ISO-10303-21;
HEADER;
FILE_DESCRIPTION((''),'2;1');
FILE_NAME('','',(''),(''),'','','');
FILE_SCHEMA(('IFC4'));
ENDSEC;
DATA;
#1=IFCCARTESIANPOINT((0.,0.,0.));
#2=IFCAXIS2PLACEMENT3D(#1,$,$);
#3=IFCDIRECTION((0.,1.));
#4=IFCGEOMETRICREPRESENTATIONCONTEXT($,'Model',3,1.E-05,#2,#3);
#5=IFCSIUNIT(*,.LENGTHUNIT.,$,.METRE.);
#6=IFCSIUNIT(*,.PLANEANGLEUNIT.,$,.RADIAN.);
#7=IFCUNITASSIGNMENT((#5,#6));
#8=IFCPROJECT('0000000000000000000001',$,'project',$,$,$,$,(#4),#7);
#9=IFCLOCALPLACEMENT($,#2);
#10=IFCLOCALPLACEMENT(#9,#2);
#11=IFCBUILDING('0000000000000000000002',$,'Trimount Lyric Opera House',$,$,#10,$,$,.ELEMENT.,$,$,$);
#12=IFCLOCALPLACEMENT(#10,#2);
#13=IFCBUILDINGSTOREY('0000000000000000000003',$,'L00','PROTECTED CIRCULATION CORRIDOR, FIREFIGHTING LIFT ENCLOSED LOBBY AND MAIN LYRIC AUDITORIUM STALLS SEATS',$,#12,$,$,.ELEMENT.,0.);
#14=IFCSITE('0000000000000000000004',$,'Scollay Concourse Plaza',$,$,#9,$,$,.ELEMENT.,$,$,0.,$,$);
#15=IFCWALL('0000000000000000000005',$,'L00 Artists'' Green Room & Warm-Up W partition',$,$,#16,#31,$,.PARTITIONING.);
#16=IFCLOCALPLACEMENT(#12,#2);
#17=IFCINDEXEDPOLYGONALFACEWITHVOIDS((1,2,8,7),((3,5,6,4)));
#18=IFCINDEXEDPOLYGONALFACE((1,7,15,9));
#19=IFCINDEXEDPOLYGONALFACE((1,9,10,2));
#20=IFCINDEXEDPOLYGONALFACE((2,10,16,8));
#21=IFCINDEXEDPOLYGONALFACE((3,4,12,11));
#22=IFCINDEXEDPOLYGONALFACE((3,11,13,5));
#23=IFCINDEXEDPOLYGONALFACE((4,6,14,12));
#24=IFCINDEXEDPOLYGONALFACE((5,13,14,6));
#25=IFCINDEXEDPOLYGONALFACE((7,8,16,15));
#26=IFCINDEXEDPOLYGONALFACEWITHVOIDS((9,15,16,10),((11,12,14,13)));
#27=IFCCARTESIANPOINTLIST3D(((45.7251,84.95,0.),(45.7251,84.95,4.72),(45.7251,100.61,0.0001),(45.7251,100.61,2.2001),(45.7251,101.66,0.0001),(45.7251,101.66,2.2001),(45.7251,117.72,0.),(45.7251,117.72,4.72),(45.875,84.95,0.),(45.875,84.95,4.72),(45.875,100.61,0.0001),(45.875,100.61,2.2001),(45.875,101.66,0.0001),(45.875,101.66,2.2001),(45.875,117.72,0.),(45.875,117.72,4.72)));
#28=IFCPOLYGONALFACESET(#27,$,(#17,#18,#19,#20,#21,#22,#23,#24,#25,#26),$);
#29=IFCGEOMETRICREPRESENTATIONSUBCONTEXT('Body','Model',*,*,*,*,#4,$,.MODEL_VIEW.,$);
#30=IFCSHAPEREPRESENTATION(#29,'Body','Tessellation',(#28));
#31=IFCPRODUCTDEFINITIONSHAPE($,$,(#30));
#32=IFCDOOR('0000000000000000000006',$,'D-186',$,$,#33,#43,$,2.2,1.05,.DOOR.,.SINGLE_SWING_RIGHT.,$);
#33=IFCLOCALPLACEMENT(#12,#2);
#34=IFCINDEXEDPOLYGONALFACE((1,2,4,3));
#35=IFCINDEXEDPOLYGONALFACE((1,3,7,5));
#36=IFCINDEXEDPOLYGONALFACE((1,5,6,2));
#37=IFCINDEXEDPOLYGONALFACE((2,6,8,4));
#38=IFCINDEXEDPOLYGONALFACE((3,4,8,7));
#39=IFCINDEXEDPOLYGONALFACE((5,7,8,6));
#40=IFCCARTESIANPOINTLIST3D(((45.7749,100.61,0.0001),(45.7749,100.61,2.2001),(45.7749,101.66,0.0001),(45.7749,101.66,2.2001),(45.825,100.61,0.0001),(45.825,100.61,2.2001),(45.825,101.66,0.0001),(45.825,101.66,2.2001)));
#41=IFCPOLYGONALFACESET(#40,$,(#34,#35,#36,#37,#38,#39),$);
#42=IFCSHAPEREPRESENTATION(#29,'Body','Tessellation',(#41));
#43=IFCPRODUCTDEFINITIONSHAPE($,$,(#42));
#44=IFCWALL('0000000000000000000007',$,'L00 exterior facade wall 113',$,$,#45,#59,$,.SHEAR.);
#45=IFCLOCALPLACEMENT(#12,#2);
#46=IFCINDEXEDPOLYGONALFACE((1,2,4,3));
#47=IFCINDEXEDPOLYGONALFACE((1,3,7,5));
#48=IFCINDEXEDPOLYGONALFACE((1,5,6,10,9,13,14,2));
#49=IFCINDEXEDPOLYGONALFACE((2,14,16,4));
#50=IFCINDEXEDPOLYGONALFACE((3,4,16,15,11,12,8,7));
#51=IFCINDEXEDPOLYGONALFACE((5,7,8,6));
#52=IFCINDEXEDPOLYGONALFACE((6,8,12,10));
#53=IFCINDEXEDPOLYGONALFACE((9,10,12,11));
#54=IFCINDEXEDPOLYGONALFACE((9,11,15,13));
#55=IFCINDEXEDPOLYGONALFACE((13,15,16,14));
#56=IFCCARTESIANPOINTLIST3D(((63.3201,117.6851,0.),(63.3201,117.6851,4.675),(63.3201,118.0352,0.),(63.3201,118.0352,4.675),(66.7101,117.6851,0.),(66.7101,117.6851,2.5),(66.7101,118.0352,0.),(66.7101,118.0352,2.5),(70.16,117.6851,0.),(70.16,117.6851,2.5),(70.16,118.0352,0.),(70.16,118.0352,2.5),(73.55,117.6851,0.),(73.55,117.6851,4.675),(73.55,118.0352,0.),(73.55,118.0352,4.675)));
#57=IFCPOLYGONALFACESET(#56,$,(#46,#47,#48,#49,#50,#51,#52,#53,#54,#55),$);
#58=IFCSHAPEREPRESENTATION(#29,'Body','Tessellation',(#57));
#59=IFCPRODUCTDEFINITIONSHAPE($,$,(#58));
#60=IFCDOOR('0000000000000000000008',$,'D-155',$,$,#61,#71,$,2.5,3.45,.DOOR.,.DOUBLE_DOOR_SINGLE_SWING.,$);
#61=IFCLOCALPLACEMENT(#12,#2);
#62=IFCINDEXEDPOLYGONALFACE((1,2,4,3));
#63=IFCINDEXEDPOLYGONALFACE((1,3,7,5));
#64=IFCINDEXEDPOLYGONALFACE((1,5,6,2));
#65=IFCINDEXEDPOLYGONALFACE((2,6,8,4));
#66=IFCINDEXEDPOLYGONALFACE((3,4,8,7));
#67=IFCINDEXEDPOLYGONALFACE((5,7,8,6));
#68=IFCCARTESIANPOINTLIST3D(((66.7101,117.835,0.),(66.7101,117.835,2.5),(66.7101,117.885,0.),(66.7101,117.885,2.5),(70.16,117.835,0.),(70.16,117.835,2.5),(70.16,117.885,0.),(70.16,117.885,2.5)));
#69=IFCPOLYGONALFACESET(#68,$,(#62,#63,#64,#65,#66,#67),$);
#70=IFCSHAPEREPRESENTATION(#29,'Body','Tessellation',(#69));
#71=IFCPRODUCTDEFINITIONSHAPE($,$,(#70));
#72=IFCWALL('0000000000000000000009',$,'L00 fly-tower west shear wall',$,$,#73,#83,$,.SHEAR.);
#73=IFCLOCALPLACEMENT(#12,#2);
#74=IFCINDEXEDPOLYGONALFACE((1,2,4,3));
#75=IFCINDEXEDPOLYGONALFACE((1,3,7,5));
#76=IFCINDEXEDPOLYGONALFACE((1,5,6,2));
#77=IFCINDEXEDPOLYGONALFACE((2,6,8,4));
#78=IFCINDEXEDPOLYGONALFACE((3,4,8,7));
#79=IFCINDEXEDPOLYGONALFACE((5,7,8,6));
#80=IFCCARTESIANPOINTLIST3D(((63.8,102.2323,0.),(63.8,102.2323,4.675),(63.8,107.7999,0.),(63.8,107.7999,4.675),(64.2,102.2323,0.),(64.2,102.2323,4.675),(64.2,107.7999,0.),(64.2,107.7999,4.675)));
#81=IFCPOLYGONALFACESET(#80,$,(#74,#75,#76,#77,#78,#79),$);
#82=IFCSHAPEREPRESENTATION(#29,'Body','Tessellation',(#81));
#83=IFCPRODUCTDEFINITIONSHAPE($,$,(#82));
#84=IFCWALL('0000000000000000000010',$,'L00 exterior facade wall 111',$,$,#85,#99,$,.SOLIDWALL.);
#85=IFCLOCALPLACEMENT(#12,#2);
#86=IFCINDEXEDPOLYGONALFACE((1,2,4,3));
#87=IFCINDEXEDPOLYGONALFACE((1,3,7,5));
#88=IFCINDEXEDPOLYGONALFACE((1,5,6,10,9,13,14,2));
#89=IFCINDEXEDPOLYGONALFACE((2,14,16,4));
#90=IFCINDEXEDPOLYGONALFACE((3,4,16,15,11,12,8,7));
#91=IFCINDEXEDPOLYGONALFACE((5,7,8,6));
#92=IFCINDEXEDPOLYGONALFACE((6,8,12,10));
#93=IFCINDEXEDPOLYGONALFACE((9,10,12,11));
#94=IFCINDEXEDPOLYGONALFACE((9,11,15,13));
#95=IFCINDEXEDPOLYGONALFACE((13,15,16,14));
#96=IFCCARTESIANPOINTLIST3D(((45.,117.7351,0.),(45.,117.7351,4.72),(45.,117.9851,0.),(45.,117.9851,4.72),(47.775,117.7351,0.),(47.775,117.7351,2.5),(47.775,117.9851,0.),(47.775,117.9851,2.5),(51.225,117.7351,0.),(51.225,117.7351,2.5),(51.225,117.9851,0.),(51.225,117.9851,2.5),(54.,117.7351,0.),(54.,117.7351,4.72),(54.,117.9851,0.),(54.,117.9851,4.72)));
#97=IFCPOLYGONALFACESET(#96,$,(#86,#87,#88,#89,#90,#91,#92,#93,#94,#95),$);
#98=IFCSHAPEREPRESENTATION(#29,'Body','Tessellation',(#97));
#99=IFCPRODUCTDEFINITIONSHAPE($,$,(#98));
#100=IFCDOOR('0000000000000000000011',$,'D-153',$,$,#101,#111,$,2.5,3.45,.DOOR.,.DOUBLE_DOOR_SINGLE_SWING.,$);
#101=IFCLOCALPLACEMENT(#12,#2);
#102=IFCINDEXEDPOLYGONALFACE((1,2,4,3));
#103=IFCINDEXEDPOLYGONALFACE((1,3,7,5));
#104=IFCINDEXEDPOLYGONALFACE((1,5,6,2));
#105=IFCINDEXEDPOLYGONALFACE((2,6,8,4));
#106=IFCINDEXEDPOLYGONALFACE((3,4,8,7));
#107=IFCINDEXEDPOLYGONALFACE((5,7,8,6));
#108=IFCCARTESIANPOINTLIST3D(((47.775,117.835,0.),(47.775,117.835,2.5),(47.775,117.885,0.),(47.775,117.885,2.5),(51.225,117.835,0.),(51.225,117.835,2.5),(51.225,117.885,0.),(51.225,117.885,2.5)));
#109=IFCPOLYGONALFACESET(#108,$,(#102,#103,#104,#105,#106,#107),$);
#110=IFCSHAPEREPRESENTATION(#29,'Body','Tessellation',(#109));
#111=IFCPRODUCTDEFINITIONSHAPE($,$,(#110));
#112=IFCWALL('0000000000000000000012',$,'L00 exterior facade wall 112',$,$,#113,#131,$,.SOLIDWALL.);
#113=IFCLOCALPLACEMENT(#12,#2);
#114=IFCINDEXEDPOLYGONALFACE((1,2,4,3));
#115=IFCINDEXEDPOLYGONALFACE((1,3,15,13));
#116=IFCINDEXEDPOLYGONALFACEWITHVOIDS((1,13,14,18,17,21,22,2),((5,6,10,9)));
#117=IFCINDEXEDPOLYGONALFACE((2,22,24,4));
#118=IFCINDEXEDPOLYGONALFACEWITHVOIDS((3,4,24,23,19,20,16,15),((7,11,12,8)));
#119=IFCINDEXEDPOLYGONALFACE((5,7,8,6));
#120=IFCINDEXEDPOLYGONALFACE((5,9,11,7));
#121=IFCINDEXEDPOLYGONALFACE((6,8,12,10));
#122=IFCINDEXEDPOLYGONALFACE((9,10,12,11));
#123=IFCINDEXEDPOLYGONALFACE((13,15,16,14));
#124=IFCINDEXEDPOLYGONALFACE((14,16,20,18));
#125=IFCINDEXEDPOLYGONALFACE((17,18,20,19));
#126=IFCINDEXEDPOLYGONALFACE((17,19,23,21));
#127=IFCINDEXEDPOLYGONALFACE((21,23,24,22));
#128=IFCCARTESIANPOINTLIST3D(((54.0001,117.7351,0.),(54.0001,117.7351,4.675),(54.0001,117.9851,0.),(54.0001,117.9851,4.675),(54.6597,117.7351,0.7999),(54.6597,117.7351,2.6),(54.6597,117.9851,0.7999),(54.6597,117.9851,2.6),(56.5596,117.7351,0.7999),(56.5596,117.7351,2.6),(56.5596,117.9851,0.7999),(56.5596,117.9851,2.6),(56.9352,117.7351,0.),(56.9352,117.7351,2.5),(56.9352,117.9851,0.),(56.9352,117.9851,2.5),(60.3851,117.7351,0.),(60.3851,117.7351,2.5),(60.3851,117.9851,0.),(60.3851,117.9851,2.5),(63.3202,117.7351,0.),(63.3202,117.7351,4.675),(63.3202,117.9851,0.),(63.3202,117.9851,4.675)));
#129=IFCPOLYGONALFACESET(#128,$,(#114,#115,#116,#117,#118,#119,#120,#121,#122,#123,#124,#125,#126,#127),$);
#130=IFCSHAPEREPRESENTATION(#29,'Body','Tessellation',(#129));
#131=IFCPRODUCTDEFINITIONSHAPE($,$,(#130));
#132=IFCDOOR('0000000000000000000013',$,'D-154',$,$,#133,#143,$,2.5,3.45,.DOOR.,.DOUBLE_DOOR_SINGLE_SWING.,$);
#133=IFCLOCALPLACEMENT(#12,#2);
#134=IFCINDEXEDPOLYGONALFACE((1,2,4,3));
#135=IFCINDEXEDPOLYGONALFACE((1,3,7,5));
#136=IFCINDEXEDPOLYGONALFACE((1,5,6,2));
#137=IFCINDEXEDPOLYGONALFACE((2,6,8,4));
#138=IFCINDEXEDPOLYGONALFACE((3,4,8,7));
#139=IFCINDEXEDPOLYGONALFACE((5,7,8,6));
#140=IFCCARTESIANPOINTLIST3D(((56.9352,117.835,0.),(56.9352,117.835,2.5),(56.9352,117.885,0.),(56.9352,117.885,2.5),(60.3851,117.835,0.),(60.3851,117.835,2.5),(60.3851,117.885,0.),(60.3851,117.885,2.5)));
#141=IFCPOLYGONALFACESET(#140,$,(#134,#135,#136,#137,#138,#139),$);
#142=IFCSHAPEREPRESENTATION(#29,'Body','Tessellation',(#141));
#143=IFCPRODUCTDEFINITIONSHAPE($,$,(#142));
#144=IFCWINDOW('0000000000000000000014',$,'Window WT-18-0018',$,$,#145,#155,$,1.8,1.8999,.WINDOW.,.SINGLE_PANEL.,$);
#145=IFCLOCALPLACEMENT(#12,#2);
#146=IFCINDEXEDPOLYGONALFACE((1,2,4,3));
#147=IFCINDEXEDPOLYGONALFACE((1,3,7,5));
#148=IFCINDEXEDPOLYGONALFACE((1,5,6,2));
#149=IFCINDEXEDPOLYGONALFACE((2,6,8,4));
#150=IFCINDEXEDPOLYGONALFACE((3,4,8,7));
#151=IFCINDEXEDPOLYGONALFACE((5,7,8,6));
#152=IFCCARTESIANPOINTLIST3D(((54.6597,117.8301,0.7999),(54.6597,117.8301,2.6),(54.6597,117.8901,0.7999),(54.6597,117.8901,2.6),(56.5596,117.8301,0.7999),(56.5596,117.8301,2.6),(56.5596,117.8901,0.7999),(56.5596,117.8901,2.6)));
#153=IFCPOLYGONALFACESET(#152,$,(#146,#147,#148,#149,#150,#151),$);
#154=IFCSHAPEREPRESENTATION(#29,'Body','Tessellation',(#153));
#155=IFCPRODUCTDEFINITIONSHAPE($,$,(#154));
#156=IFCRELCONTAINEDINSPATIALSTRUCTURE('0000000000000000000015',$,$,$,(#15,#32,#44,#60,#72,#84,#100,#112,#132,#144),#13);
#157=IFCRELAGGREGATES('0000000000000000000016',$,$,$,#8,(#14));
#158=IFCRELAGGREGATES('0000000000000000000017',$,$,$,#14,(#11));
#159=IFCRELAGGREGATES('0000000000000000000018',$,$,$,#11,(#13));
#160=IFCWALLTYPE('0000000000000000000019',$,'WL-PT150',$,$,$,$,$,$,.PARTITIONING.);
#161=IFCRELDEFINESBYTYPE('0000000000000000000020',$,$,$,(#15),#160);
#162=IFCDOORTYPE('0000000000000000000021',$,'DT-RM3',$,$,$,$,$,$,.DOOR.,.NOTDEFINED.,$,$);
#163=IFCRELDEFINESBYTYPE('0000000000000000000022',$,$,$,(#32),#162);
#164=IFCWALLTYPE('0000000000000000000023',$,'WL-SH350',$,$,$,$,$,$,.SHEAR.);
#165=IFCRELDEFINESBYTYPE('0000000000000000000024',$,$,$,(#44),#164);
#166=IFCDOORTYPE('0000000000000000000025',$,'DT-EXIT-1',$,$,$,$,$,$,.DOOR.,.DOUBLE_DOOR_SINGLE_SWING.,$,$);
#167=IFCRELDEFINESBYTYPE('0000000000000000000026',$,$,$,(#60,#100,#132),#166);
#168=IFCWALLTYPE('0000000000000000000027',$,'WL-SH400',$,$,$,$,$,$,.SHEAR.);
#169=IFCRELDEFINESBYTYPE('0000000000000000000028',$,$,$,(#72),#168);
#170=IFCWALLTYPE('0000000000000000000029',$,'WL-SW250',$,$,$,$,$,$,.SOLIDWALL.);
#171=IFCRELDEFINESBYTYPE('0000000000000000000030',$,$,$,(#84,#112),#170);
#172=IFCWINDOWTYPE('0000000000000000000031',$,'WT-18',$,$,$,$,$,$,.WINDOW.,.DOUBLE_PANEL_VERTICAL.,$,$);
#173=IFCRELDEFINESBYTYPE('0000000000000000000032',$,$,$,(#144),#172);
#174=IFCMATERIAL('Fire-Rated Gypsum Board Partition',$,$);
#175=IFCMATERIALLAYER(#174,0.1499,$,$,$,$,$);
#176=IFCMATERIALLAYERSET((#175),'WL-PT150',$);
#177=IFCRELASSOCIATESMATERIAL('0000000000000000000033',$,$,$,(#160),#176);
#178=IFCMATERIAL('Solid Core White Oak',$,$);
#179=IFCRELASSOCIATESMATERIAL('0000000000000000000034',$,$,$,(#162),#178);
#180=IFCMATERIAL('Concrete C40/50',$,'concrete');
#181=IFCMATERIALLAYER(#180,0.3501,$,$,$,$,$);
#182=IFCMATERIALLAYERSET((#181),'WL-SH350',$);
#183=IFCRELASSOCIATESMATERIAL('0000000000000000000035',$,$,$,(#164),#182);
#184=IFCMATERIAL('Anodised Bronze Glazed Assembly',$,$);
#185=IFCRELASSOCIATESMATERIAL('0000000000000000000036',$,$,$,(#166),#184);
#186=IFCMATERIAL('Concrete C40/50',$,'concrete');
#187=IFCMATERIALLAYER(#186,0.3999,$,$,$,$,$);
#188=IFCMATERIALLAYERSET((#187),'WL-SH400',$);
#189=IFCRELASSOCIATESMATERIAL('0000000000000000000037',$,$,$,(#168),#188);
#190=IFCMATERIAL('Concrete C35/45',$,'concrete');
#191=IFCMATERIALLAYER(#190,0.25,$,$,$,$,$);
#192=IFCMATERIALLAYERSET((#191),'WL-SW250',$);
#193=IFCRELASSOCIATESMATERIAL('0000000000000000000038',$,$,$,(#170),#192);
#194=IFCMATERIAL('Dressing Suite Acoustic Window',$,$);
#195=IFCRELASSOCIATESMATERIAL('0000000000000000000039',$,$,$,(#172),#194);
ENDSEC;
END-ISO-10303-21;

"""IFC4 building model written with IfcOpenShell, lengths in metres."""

from ifc_helpers import new_model, si_unit, direction, frame, frame_2d, origin, place, context, subcontext, project, spatial, rectangle, extrude, material, layer, layer_set, type_object, element, fill, save


model = new_model("IFC4")

# Units and contexts
model_context = context("Model", 3, precision=1e-05, world=origin(), true_north=direction((0.0, 1.0)))
body_context = subcontext(model_context, "Body", "Model", "MODEL_VIEW")
ifc_project = project(units=[si_unit("LENGTHUNIT", "METRE"), si_unit("PLANEANGLEUNIT", "RADIAN")], contexts=[model_context])

# Site, building, storey
site_placement = place(None, origin())
site = spatial("IfcSite", under=ifc_project, at=site_placement, Name="Scollay Concourse Plaza", CompositionType="ELEMENT", RefElevation=0.0)
building_placement = place(site_placement, origin())
building = spatial("IfcBuilding", under=site, at=building_placement, Name="Trimount Lyric Opera House", CompositionType="ELEMENT")
storey_placement = place(building_placement, origin())
storey = spatial("IfcBuildingStorey", under=building, at=storey_placement, Name="L00", Description="PROTECTED CIRCULATION CORRIDOR, FIREFIGHTING LIFT ENCLOSED LOBBY AND MAIN LYRIC AUDITORIUM STALLS SEATS", CompositionType="ELEMENT", Elevation=0.0)

# Walls, openings, doors
ifc_material_1 = material(Name="Fire-Rated Gypsum Board Partition")
ifc_layer_1 = layer(ifc_material_1, 0.1499)
ifc_layer_set_1 = layer_set([ifc_layer_1], Name="WL-PT150")
wall_type_1 = type_object("IfcWallType", Name="WL-PT150", PredefinedType="PARTITIONING", material=ifc_layer_set_1)
wall_1_placement = place(storey_placement, frame((45.8, 117.72, 0.0), z_axis=(0.0, 0.0, 1.0), x_axis=(0.0, -1.0, 0.0)))
wall_1 = element("IfcWall", 1, at=wall_1_placement, inside=storey, type_object=wall_type_1, Name="L00 Artists' Green Room & Warm-Up W partition", PredefinedType="PARTITIONING", context=body_context, shape_type="SweptSolid", body=[
    extrude(rectangle(XDim=32.77, YDim=0.1499, at=frame_2d((16.385, 0.0))), origin(), (0.0, 0.0, 1.0), 4.72),
])
opening_1_placement = place(wall_1_placement, frame((16.0601, 0.0, 0.0)))
opening_1 = element("IfcOpeningElement", 2, at=opening_1_placement, cuts=wall_1, PredefinedType="OPENING", context=body_context, shape_type="SweptSolid", body=[
    extrude(rectangle(XDim=1.05, YDim=2.2, at=frame_2d((0.5249, 1.1001))), frame((0.0, 0.085, 0.0), z_axis=(0.0, -1.0, 0.0), x_axis=(1.0, 0.0, 0.0)), (0.0, 0.0, 1.0), 0.1699),
])
ifc_material_2 = material(Name="Solid Core White Oak")
door_type_1 = type_object("IfcDoorType", Name="DT-RM3", OperationType="NOTDEFINED", PredefinedType="DOOR", material=ifc_material_2)
door_1_placement = place(opening_1_placement, origin())
door_1 = element("IfcDoor", 3, at=door_1_placement, inside=storey, type_object=door_type_1, Name="D-186", OperationType="SINGLE_SWING_RIGHT", OverallHeight=2.2, OverallWidth=1.05, PredefinedType="DOOR", context=body_context, shape_type="SweptSolid", body=[
    extrude(rectangle(XDim=1.05, YDim=2.2, at=frame_2d((0.5249, 1.1001))), frame((0.0, 0.0249, 0.0), z_axis=(0.0, -1.0, 0.0), x_axis=(1.0, 0.0, 0.0)), (0.0, 0.0, 1.0), 0.05),
])
fill(opening_1, door_1)
ifc_material_3 = material(Name="Concrete C40/50", Category="concrete")
ifc_layer_2 = layer(ifc_material_3, 0.3501)
ifc_layer_set_2 = layer_set([ifc_layer_2], Name="WL-SH350")
wall_type_2 = type_object("IfcWallType", Name="WL-SH350", PredefinedType="SHEAR", material=ifc_layer_set_2)
wall_2_placement = place(storey_placement, frame((63.3201, 117.8601, 0.0), z_axis=(0.0, 0.0, 1.0), x_axis=(1.0, 0.0, 0.0)))
wall_2 = element("IfcWall", 4, at=wall_2_placement, inside=storey, type_object=wall_type_2, Name="L00 exterior facade wall 113", PredefinedType="SHEAR", context=body_context, shape_type="SweptSolid", body=[
    extrude(rectangle(XDim=10.23, YDim=0.3501, at=frame_2d((5.115, 0.0))), origin(), (0.0, 0.0, 1.0), 4.675),
])
opening_2_placement = place(wall_2_placement, frame((3.3899, 0.0, 0.0)))
opening_2 = element("IfcOpeningElement", 5, at=opening_2_placement, cuts=wall_2, PredefinedType="OPENING", context=body_context, shape_type="SweptSolid", body=[
    extrude(rectangle(XDim=3.45, YDim=2.5, at=frame_2d((1.7251, 1.25))), frame((0.0, 0.1851, 0.0), z_axis=(0.0, -1.0, 0.0), x_axis=(1.0, 0.0, 0.0)), (0.0, 0.0, 1.0), 0.3701),
])
ifc_material_4 = material(Name="Anodised Bronze Glazed Assembly")
door_type_2 = type_object("IfcDoorType", Name="DT-EXIT-1", OperationType="DOUBLE_DOOR_SINGLE_SWING", PredefinedType="DOOR", material=ifc_material_4)
door_2_placement = place(opening_2_placement, origin())
door_2 = element("IfcDoor", 6, at=door_2_placement, inside=storey, type_object=door_type_2, Name="D-155", OperationType="DOUBLE_DOOR_SINGLE_SWING", OverallHeight=2.5, OverallWidth=3.45, PredefinedType="DOOR", context=body_context, shape_type="SweptSolid", body=[
    extrude(rectangle(XDim=3.45, YDim=2.5, at=frame_2d((1.7251, 1.25))), frame((0.0, 0.0249, 0.0), z_axis=(0.0, -1.0, 0.0), x_axis=(1.0, 0.0, 0.0)), (0.0, 0.0, 1.0), 0.05),
])
fill(opening_2, door_2)

# Wall
ifc_material_5 = material(Name="Concrete C40/50", Category="concrete")
ifc_layer_3 = layer(ifc_material_5, 0.3999)
ifc_layer_set_3 = layer_set([ifc_layer_3], Name="WL-SH400")
wall_type_3 = type_object("IfcWallType", Name="WL-SH400", PredefinedType="SHEAR", material=ifc_layer_set_3)
wall_3_placement = place(storey_placement, frame((64.0, 102.2324, 0.0), z_axis=(0.0, 0.0, 1.0), x_axis=(0.0, 1.0, 0.0)))
element("IfcWall", 7, at=wall_3_placement, inside=storey, type_object=wall_type_3, Name="L00 fly-tower west shear wall", PredefinedType="SHEAR", context=body_context, shape_type="SweptSolid", body=[
    extrude(rectangle(XDim=5.5676, YDim=0.3999, at=frame_2d((2.7837, 0.0))), origin(), (0.0, 0.0, 1.0), 4.675),
])

# Wall, opening, door
ifc_material_6 = material(Name="Concrete C35/45", Category="concrete")
ifc_layer_4 = layer(ifc_material_6, 0.25)
ifc_layer_set_4 = layer_set([ifc_layer_4], Name="WL-SW250")
wall_type_4 = type_object("IfcWallType", Name="WL-SW250", PredefinedType="SOLIDWALL", material=ifc_layer_set_4)
wall_4_placement = place(storey_placement, frame((45.0, 117.8601, 0.0), z_axis=(0.0, 0.0, 1.0), x_axis=(1.0, 0.0, 0.0)))
wall_4 = element("IfcWall", 8, at=wall_4_placement, inside=storey, type_object=wall_type_4, Name="L00 exterior facade wall 111", PredefinedType="SOLIDWALL", context=body_context, shape_type="SweptSolid", body=[
    extrude(rectangle(XDim=9.0, YDim=0.25, at=frame_2d((4.5, 0.0))), origin(), (0.0, 0.0, 1.0), 4.72),
])
opening_3_placement = place(wall_4_placement, frame((2.7749, 0.0, 0.0)))
opening_3 = element("IfcOpeningElement", 9, at=opening_3_placement, cuts=wall_4, PredefinedType="OPENING", context=body_context, shape_type="SweptSolid", body=[
    extrude(rectangle(XDim=3.45, YDim=2.5, at=frame_2d((1.7251, 1.25))), frame((0.0, 0.135, 0.0), z_axis=(0.0, -1.0, 0.0), x_axis=(1.0, 0.0, 0.0)), (0.0, 0.0, 1.0), 0.27),
])
door_3_placement = place(opening_3_placement, origin())
door_3 = element("IfcDoor", 10, at=door_3_placement, inside=storey, type_object=door_type_2, Name="D-153", OperationType="DOUBLE_DOOR_SINGLE_SWING", OverallHeight=2.5, OverallWidth=3.45, PredefinedType="DOOR", context=body_context, shape_type="SweptSolid", body=[
    extrude(rectangle(XDim=3.45, YDim=2.5, at=frame_2d((1.7251, 1.25))), frame((0.0, 0.0249, 0.0), z_axis=(0.0, -1.0, 0.0), x_axis=(1.0, 0.0, 0.0)), (0.0, 0.0, 1.0), 0.05),
])
fill(opening_3, door_3)

# Wall, openings, door, window
wall_5_placement = place(storey_placement, frame((54.0, 117.8601, 0.0), z_axis=(0.0, 0.0, 1.0), x_axis=(1.0, 0.0, 0.0)))
wall_5 = element("IfcWall", 11, at=wall_5_placement, inside=storey, type_object=wall_type_4, Name="L00 exterior facade wall 112", PredefinedType="SOLIDWALL", context=body_context, shape_type="SweptSolid", body=[
    extrude(rectangle(XDim=9.3201, YDim=0.25, at=frame_2d((4.6602, 0.0))), origin(), (0.0, 0.0, 1.0), 4.675),
])
opening_4_placement = place(wall_5_placement, frame((0.6597, 0.0, 0.8)))
opening_4 = element("IfcOpeningElement", 12, at=opening_4_placement, cuts=wall_5, PredefinedType="OPENING", context=body_context, shape_type="SweptSolid", body=[
    extrude(rectangle(XDim=1.8999, YDim=1.8, at=frame_2d((0.95, 0.8999))), frame((0.0, 0.135, 0.0), z_axis=(0.0, -1.0, 0.0), x_axis=(1.0, 0.0, 0.0)), (0.0, 0.0, 1.0), 0.27),
])
opening_5_placement = place(wall_5_placement, frame((2.9351, 0.0, 0.0)))
opening_5 = element("IfcOpeningElement", 13, at=opening_5_placement, cuts=wall_5, PredefinedType="OPENING", context=body_context, shape_type="SweptSolid", body=[
    extrude(rectangle(XDim=3.45, YDim=2.5, at=frame_2d((1.7251, 1.25))), frame((0.0, 0.135, 0.0), z_axis=(0.0, -1.0, 0.0), x_axis=(1.0, 0.0, 0.0)), (0.0, 0.0, 1.0), 0.27),
])
door_4_placement = place(opening_5_placement, origin())
door_4 = element("IfcDoor", 14, at=door_4_placement, inside=storey, type_object=door_type_2, Name="D-154", OperationType="DOUBLE_DOOR_SINGLE_SWING", OverallHeight=2.5, OverallWidth=3.45, PredefinedType="DOOR", context=body_context, shape_type="SweptSolid", body=[
    extrude(rectangle(XDim=3.45, YDim=2.5, at=frame_2d((1.7251, 1.25))), frame((0.0, 0.0249, 0.0), z_axis=(0.0, -1.0, 0.0), x_axis=(1.0, 0.0, 0.0)), (0.0, 0.0, 1.0), 0.05),
])
fill(opening_5, door_4)
ifc_material_7 = material(Name="Dressing Suite Acoustic Window")
window_type = type_object("IfcWindowType", Name="WT-18", PartitioningType="DOUBLE_PANEL_VERTICAL", PredefinedType="WINDOW", material=ifc_material_7)
window_placement = place(opening_4_placement, origin())
window = element("IfcWindow", 15, at=window_placement, inside=storey, type_object=window_type, Name="Window WT-18-0018", OverallHeight=1.8, OverallWidth=1.8999, PartitioningType="SINGLE_PANEL", PredefinedType="WINDOW", context=body_context, shape_type="SweptSolid", body=[
    extrude(rectangle(XDim=1.8999, YDim=1.8, at=frame_2d((0.95, 0.8999))), frame((0.0, 0.03, 0.0), z_axis=(0.0, -1.0, 0.0), x_axis=(1.0, 0.0, 0.0)), (0.0, 0.0, 1.0), 0.0601),
])
fill(opening_4, window)

save(model, "model.ifc")
